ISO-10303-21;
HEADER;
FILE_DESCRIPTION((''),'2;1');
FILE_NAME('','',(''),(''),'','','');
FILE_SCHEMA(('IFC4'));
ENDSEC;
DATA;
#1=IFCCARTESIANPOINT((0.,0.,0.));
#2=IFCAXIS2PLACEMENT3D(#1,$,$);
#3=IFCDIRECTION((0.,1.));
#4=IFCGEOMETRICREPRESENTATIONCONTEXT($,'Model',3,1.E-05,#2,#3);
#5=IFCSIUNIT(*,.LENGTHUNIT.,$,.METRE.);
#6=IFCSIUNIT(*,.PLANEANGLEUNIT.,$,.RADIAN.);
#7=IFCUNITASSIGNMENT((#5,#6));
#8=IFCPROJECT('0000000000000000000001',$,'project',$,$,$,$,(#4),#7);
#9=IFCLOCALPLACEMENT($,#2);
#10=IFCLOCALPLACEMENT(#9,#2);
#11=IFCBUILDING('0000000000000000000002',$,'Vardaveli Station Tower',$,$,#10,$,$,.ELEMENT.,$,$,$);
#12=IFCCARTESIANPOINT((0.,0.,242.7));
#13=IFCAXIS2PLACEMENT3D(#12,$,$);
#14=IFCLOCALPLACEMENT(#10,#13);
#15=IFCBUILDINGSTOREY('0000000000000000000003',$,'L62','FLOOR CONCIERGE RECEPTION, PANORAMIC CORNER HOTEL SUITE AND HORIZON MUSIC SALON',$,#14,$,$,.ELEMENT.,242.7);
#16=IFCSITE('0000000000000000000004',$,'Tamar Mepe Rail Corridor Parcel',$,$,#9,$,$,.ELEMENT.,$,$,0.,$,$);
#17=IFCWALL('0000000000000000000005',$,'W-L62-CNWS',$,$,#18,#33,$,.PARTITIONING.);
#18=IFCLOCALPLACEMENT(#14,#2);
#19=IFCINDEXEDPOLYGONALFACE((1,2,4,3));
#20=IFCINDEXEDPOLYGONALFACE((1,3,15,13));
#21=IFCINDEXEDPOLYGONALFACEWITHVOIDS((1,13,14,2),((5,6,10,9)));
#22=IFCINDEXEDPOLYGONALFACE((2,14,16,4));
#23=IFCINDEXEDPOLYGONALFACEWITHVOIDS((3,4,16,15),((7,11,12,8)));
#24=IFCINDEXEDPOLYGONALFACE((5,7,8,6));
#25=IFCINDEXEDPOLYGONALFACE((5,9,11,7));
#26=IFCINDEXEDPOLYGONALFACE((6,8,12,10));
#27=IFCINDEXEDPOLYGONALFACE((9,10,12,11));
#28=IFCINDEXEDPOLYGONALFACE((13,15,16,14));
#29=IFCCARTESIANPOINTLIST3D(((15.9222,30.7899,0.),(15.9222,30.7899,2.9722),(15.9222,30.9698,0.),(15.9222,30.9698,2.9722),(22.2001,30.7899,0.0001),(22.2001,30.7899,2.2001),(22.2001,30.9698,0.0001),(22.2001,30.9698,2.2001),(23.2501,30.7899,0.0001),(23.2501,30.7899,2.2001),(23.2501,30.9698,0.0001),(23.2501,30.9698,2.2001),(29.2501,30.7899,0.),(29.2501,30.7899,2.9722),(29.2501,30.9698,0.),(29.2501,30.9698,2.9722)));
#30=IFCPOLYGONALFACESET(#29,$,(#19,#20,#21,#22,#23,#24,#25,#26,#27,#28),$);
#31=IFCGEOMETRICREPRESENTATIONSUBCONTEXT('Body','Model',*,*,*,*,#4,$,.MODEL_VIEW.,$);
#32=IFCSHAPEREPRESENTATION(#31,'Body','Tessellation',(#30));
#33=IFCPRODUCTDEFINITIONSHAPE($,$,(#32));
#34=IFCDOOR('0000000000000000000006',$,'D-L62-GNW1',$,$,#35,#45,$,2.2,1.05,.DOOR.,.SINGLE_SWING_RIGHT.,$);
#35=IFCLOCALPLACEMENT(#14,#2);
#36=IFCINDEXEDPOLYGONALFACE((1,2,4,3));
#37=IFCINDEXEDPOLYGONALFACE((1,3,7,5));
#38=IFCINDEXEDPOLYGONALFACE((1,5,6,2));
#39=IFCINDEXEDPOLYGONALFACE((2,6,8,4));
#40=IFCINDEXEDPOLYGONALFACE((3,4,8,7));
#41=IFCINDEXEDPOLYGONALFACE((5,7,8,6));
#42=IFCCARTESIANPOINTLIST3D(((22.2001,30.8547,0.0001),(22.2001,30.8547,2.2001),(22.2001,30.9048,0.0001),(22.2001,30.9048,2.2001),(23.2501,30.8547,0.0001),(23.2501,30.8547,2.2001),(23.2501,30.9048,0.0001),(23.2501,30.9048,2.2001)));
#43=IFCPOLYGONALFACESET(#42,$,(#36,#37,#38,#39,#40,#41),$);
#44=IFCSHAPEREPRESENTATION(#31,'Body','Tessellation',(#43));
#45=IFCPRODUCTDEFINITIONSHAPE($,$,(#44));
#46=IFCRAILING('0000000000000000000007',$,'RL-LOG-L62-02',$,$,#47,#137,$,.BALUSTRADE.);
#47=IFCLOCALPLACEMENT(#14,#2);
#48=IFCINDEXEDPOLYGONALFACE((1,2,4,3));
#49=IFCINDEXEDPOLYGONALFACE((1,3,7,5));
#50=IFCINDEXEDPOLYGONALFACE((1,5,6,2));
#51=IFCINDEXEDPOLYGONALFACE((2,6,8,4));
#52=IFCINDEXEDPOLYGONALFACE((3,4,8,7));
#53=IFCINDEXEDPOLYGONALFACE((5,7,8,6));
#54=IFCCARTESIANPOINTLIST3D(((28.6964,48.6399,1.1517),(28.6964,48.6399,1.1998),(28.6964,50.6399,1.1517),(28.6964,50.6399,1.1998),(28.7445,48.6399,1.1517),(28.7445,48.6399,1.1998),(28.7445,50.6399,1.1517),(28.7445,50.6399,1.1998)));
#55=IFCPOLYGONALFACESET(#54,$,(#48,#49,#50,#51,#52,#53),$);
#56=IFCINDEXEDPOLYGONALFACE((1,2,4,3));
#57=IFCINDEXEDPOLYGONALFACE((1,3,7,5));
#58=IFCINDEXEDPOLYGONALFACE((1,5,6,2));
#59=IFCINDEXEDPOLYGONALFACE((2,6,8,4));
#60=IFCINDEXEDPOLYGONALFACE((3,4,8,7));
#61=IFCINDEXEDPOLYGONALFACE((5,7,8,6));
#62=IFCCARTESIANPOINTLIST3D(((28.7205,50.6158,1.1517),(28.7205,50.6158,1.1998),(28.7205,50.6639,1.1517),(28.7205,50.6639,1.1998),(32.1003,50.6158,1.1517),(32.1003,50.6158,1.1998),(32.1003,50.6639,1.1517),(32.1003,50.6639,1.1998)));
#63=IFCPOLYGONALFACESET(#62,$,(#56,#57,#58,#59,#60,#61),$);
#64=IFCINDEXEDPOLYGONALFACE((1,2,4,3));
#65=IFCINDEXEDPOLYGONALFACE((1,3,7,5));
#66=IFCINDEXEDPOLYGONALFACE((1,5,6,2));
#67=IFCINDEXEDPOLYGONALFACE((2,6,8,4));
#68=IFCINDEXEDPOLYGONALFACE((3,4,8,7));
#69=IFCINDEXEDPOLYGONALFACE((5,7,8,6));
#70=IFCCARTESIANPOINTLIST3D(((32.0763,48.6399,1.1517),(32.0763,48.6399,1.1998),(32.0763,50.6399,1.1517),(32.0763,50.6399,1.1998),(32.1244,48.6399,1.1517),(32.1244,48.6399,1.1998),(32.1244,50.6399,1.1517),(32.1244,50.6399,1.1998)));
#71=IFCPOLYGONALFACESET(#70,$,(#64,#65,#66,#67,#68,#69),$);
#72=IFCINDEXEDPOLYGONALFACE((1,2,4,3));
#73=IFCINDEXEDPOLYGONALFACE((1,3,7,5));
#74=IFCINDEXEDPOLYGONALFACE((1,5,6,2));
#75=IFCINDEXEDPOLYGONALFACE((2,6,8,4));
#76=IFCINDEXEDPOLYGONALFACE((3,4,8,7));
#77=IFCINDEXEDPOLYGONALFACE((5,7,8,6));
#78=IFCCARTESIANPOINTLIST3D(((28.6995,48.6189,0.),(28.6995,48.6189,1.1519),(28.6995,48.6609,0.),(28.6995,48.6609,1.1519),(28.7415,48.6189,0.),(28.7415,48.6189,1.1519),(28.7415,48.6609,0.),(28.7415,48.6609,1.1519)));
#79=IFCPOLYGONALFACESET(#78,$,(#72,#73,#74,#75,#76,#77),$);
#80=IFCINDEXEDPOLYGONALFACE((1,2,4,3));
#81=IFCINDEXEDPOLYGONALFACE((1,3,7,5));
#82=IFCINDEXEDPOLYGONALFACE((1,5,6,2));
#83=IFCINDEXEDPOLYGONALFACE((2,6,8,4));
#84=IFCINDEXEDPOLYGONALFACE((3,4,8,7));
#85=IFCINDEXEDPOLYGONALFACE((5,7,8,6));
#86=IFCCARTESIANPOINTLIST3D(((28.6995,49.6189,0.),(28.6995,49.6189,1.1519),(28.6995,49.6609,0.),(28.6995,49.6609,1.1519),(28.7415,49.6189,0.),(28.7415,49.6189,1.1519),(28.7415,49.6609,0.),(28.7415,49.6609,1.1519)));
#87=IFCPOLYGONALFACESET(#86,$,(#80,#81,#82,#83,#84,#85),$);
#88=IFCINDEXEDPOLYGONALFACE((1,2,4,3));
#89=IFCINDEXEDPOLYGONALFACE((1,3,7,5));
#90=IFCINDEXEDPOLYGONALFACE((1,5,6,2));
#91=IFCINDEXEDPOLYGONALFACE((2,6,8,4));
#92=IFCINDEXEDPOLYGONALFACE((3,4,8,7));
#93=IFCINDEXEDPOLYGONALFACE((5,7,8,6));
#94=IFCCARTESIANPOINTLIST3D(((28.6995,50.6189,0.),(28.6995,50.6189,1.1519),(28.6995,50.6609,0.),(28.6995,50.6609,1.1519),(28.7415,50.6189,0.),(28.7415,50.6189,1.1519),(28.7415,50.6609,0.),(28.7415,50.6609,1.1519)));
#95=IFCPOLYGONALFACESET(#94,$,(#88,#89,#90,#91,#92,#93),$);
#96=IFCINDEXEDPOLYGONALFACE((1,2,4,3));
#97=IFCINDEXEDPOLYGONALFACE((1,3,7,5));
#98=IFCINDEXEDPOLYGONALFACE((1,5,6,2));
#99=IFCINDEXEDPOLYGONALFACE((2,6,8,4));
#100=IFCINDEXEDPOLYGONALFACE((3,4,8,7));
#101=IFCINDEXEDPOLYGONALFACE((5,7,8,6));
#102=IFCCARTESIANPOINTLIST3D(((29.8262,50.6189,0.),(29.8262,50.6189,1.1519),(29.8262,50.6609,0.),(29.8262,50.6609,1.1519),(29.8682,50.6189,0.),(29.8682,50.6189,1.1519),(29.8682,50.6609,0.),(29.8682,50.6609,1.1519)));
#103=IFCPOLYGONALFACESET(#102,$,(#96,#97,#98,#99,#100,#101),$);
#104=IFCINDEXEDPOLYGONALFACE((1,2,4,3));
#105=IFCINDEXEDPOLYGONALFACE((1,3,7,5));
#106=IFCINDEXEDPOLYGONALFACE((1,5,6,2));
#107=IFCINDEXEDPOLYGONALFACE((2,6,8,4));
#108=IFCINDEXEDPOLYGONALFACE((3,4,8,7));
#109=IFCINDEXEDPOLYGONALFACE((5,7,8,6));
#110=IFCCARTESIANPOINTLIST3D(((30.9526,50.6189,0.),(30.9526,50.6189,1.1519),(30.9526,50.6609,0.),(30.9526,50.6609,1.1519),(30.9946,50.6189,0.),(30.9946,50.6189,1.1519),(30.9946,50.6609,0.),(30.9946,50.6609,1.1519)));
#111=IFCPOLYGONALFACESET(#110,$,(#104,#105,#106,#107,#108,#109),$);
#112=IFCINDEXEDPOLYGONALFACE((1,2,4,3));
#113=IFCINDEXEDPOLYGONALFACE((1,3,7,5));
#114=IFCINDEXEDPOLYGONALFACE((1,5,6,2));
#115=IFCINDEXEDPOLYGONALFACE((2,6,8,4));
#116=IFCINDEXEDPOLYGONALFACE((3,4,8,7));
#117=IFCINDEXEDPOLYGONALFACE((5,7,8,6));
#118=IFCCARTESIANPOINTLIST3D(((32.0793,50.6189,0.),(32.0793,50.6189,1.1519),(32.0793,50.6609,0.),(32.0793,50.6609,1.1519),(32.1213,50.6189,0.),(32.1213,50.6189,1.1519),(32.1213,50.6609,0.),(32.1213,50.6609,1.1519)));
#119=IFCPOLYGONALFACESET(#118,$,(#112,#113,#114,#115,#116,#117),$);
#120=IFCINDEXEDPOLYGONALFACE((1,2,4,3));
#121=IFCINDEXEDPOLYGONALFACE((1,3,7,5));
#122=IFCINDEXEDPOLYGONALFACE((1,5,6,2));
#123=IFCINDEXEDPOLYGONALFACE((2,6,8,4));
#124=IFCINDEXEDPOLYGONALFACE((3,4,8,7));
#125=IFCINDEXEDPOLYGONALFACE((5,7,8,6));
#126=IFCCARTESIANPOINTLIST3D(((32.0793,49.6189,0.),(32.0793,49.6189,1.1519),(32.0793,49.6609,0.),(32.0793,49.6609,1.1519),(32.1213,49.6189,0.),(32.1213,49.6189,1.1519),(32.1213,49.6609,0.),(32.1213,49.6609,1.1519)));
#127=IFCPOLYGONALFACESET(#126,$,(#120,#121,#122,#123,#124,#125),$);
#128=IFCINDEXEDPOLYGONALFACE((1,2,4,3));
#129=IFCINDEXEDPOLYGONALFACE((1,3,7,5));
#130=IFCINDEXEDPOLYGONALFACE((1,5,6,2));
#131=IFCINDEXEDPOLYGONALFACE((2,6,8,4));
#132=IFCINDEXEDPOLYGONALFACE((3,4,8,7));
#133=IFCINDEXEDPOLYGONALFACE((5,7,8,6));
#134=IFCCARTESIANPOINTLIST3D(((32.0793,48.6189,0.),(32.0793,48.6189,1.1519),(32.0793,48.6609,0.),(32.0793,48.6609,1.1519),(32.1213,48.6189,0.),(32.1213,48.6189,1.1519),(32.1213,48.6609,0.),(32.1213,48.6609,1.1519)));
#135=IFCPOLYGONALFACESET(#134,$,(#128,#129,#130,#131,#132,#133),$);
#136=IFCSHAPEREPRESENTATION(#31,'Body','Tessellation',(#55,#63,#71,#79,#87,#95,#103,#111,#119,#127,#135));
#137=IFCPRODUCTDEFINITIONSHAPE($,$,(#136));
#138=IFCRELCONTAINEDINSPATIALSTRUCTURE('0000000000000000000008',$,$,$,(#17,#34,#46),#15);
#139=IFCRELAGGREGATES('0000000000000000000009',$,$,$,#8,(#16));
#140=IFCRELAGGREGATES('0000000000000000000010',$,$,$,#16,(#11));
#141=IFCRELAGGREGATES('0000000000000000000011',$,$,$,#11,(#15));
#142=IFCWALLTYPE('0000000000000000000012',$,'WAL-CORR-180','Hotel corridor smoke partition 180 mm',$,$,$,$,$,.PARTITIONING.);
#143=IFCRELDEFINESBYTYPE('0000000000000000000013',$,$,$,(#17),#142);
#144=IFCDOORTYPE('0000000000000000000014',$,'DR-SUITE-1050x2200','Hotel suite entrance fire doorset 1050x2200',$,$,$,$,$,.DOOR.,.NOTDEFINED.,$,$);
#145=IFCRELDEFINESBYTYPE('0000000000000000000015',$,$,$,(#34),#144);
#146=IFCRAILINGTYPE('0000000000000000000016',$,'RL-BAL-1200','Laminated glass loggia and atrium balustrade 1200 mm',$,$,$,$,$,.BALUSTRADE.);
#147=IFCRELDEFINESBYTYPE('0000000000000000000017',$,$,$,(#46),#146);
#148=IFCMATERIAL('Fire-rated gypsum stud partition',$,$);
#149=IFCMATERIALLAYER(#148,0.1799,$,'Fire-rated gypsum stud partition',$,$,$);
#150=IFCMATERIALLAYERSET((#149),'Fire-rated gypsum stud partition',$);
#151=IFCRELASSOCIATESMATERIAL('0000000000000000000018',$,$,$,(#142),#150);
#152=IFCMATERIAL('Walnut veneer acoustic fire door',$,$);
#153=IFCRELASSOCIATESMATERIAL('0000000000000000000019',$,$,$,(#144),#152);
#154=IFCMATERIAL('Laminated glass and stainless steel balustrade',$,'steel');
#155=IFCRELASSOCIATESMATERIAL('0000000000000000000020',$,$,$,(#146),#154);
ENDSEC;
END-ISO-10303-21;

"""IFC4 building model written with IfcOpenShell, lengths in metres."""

from ifc_helpers import new_model, si_unit, direction, frame, frame_2d, origin, origin_2d, place, context, subcontext, project, spatial, rectangle, extrude, source, transform, mapped, material, layer, layer_set, type_object, element, fill, save


model = new_model("IFC4")

# Units and contexts
model_context = context("Model", 3, precision=1e-05, world=origin(), true_north=direction((0.0, 1.0)))
body_context = subcontext(model_context, "Body", "Model", "MODEL_VIEW")
ifc_project = project(units=[si_unit("LENGTHUNIT", "METRE"), si_unit("PLANEANGLEUNIT", "RADIAN")], contexts=[model_context])

# Site, building, storey
site_placement = place(None, origin())
site = spatial("IfcSite", under=ifc_project, at=site_placement, Name="Tamar Mepe Rail Corridor Parcel", CompositionType="ELEMENT", RefElevation=0.0)
building_placement = place(site_placement, origin())
building = spatial("IfcBuilding", under=site, at=building_placement, Name="Vardaveli Station Tower", CompositionType="ELEMENT")
storey_placement = place(building_placement, frame((0.0, 0.0, 242.7)))
storey = spatial("IfcBuildingStorey", under=building, at=storey_placement, Name="L62", Description="FLOOR CONCIERGE RECEPTION, PANORAMIC CORNER HOTEL SUITE AND HORIZON MUSIC SALON", CompositionType="ELEMENT", Elevation=242.7)

# Wall, opening, door
ifc_material_1 = material(Name="Fire-rated gypsum stud partition")
ifc_layer_1 = layer(ifc_material_1, 0.1799, Name="Fire-rated gypsum stud partition")
ifc_layer_set_1 = layer_set([ifc_layer_1], Name="Fire-rated gypsum stud partition")
wall_type_1 = type_object("IfcWallType", Name="WAL-CORR-180", Description="Hotel corridor smoke partition 180 mm", PredefinedType="PARTITIONING", material=ifc_layer_set_1)
shared_shape_1 = source(origin(), body_context, "Body", "SweptSolid", [
    extrude(rectangle(XDim=13.3279, YDim=0.1799, at=frame_2d((6.6641, 0.0))), origin(), (0.0, 0.0, 1.0), 2.9722),
])
wall_1_placement = place(storey_placement, frame((15.9221, 30.8799, 0.0), z_axis=(0.0, 0.0, 1.0), x_axis=(1.0, 0.0, 0.0)))
wall_1 = element("IfcWall", 1, at=wall_1_placement, inside=storey, type_object=wall_type_1, Name="W-L62-CNWS", PredefinedType="PARTITIONING", context=body_context, shape_type="MappedRepresentation", body=[
    mapped(shared_shape_1, transform((0.0, 0.0, 0.0), scale=1.0)),
])
shared_shape_2 = source(origin(), body_context, "Body", "SweptSolid", [
    extrude(rectangle(XDim=1.05, YDim=2.2, at=frame_2d((0.5249, 1.1001))), frame((0.0, 0.1001, 0.0), z_axis=(0.0, -1.0, 0.0), x_axis=(1.0, 0.0, 0.0)), (0.0, 0.0, 1.0), 0.2),
])
opening_1_placement = place(wall_1_placement, frame((6.2781, 0.0, 0.0)))
opening_1 = element("IfcOpeningElement", 2, at=opening_1_placement, cuts=wall_1, PredefinedType="OPENING", context=body_context, shape_type="MappedRepresentation", body=[
    mapped(shared_shape_2, transform((0.0, 0.0, 0.0), scale=1.0)),
])
ifc_material_2 = material(Name="Walnut veneer acoustic fire door")
door_type_1 = type_object("IfcDoorType", Name="DR-SUITE-1050x2200", Description="Hotel suite entrance fire doorset 1050x2200", OperationType="NOTDEFINED", PredefinedType="DOOR", material=ifc_material_2)
shared_shape_3 = source(origin(), body_context, "Body", "SweptSolid", [
    extrude(rectangle(XDim=1.05, YDim=2.2, at=frame_2d((0.5249, 1.1001))), frame((0.0, 0.0249, 0.0), z_axis=(0.0, -1.0, 0.0), x_axis=(1.0, 0.0, 0.0)), (0.0, 0.0, 1.0), 0.05),
])
door_1_placement = place(opening_1_placement, origin())
door_1 = element("IfcDoor", 3, at=door_1_placement, inside=storey, type_object=door_type_1, Name="D-L62-GNW1", OperationType="SINGLE_SWING_RIGHT", OverallHeight=2.2, OverallWidth=1.05, PredefinedType="DOOR", context=body_context, shape_type="MappedRepresentation", body=[
    mapped(shared_shape_3, transform((0.0, 0.0, 0.0), scale=1.0)),
])
fill(opening_1, door_1)

# Railing
ifc_material_3 = material(Name="Laminated glass and stainless steel balustrade", Category="steel")
railing_type = type_object("IfcRailingType", Name="RL-BAL-1200", Description="Laminated glass loggia and atrium balustrade 1200 mm", PredefinedType="BALUSTRADE", material=ifc_material_3)
shared_shape_4 = source(origin(), body_context, "Body", "SweptSolid", [
    extrude(rectangle(XDim=0.0481, YDim=0.0481, at=origin_2d()), frame((0.0, 0.0, 1.1758), z_axis=(0.0, 1.0, 0.0), x_axis=(-1.0, 0.0, 0.0)), (0.0, 0.0, 1.0), 2.0),
    extrude(rectangle(XDim=0.0481, YDim=0.0481, at=origin_2d()), frame((0.0, 2.0, 1.1758), z_axis=(1.0, 0.0, 0.0), x_axis=(0.0, 1.0, 0.0)), (0.0, 0.0, 1.0), 3.3799),
    extrude(rectangle(XDim=0.0481, YDim=0.0481, at=origin_2d()), frame((3.3799, 2.0, 1.1758), z_axis=(0.0, -1.0, 0.0), x_axis=(1.0, 0.0, 0.0)), (0.0, 0.0, 1.0), 2.0),
    extrude(rectangle(XDim=0.042, YDim=0.042, at=origin_2d()), origin(), (0.0, 0.0, 1.0), 1.1519),
    extrude(rectangle(XDim=0.042, YDim=0.042, at=origin_2d()), frame((0.0, 1.0, 0.0)), (0.0, 0.0, 1.0), 1.1519),
    extrude(rectangle(XDim=0.042, YDim=0.042, at=origin_2d()), frame((0.0, 2.0, 0.0)), (0.0, 0.0, 1.0), 1.1519),
    extrude(rectangle(XDim=0.042, YDim=0.042, at=origin_2d()), frame((1.1267, 2.0, 0.0)), (0.0, 0.0, 1.0), 1.1519),
    extrude(rectangle(XDim=0.042, YDim=0.042, at=origin_2d()), frame((2.2532, 2.0, 0.0)), (0.0, 0.0, 1.0), 1.1519),
    extrude(rectangle(XDim=0.042, YDim=0.042, at=origin_2d()), frame((3.3799, 2.0, 0.0)), (0.0, 0.0, 1.0), 1.1519),
    extrude(rectangle(XDim=0.042, YDim=0.042, at=origin_2d()), frame((3.3799, 1.0, 0.0)), (0.0, 0.0, 1.0), 1.1519),
    extrude(rectangle(XDim=0.042, YDim=0.042, at=origin_2d()), frame((3.3799, 0.0, 0.0)), (0.0, 0.0, 1.0), 1.1519),
])
railing_1_placement = place(storey_placement, frame((28.7205, 48.6399, 0.0)))
element("IfcRailing", 4, at=railing_1_placement, inside=storey, type_object=railing_type, Name="RL-LOG-L62-02", PredefinedType="BALUSTRADE", context=body_context, shape_type="MappedRepresentation", body=[
    mapped(shared_shape_4, transform((0.0, 0.0, 0.0), scale=1.0)),
])

save(model, "model.ifc")
